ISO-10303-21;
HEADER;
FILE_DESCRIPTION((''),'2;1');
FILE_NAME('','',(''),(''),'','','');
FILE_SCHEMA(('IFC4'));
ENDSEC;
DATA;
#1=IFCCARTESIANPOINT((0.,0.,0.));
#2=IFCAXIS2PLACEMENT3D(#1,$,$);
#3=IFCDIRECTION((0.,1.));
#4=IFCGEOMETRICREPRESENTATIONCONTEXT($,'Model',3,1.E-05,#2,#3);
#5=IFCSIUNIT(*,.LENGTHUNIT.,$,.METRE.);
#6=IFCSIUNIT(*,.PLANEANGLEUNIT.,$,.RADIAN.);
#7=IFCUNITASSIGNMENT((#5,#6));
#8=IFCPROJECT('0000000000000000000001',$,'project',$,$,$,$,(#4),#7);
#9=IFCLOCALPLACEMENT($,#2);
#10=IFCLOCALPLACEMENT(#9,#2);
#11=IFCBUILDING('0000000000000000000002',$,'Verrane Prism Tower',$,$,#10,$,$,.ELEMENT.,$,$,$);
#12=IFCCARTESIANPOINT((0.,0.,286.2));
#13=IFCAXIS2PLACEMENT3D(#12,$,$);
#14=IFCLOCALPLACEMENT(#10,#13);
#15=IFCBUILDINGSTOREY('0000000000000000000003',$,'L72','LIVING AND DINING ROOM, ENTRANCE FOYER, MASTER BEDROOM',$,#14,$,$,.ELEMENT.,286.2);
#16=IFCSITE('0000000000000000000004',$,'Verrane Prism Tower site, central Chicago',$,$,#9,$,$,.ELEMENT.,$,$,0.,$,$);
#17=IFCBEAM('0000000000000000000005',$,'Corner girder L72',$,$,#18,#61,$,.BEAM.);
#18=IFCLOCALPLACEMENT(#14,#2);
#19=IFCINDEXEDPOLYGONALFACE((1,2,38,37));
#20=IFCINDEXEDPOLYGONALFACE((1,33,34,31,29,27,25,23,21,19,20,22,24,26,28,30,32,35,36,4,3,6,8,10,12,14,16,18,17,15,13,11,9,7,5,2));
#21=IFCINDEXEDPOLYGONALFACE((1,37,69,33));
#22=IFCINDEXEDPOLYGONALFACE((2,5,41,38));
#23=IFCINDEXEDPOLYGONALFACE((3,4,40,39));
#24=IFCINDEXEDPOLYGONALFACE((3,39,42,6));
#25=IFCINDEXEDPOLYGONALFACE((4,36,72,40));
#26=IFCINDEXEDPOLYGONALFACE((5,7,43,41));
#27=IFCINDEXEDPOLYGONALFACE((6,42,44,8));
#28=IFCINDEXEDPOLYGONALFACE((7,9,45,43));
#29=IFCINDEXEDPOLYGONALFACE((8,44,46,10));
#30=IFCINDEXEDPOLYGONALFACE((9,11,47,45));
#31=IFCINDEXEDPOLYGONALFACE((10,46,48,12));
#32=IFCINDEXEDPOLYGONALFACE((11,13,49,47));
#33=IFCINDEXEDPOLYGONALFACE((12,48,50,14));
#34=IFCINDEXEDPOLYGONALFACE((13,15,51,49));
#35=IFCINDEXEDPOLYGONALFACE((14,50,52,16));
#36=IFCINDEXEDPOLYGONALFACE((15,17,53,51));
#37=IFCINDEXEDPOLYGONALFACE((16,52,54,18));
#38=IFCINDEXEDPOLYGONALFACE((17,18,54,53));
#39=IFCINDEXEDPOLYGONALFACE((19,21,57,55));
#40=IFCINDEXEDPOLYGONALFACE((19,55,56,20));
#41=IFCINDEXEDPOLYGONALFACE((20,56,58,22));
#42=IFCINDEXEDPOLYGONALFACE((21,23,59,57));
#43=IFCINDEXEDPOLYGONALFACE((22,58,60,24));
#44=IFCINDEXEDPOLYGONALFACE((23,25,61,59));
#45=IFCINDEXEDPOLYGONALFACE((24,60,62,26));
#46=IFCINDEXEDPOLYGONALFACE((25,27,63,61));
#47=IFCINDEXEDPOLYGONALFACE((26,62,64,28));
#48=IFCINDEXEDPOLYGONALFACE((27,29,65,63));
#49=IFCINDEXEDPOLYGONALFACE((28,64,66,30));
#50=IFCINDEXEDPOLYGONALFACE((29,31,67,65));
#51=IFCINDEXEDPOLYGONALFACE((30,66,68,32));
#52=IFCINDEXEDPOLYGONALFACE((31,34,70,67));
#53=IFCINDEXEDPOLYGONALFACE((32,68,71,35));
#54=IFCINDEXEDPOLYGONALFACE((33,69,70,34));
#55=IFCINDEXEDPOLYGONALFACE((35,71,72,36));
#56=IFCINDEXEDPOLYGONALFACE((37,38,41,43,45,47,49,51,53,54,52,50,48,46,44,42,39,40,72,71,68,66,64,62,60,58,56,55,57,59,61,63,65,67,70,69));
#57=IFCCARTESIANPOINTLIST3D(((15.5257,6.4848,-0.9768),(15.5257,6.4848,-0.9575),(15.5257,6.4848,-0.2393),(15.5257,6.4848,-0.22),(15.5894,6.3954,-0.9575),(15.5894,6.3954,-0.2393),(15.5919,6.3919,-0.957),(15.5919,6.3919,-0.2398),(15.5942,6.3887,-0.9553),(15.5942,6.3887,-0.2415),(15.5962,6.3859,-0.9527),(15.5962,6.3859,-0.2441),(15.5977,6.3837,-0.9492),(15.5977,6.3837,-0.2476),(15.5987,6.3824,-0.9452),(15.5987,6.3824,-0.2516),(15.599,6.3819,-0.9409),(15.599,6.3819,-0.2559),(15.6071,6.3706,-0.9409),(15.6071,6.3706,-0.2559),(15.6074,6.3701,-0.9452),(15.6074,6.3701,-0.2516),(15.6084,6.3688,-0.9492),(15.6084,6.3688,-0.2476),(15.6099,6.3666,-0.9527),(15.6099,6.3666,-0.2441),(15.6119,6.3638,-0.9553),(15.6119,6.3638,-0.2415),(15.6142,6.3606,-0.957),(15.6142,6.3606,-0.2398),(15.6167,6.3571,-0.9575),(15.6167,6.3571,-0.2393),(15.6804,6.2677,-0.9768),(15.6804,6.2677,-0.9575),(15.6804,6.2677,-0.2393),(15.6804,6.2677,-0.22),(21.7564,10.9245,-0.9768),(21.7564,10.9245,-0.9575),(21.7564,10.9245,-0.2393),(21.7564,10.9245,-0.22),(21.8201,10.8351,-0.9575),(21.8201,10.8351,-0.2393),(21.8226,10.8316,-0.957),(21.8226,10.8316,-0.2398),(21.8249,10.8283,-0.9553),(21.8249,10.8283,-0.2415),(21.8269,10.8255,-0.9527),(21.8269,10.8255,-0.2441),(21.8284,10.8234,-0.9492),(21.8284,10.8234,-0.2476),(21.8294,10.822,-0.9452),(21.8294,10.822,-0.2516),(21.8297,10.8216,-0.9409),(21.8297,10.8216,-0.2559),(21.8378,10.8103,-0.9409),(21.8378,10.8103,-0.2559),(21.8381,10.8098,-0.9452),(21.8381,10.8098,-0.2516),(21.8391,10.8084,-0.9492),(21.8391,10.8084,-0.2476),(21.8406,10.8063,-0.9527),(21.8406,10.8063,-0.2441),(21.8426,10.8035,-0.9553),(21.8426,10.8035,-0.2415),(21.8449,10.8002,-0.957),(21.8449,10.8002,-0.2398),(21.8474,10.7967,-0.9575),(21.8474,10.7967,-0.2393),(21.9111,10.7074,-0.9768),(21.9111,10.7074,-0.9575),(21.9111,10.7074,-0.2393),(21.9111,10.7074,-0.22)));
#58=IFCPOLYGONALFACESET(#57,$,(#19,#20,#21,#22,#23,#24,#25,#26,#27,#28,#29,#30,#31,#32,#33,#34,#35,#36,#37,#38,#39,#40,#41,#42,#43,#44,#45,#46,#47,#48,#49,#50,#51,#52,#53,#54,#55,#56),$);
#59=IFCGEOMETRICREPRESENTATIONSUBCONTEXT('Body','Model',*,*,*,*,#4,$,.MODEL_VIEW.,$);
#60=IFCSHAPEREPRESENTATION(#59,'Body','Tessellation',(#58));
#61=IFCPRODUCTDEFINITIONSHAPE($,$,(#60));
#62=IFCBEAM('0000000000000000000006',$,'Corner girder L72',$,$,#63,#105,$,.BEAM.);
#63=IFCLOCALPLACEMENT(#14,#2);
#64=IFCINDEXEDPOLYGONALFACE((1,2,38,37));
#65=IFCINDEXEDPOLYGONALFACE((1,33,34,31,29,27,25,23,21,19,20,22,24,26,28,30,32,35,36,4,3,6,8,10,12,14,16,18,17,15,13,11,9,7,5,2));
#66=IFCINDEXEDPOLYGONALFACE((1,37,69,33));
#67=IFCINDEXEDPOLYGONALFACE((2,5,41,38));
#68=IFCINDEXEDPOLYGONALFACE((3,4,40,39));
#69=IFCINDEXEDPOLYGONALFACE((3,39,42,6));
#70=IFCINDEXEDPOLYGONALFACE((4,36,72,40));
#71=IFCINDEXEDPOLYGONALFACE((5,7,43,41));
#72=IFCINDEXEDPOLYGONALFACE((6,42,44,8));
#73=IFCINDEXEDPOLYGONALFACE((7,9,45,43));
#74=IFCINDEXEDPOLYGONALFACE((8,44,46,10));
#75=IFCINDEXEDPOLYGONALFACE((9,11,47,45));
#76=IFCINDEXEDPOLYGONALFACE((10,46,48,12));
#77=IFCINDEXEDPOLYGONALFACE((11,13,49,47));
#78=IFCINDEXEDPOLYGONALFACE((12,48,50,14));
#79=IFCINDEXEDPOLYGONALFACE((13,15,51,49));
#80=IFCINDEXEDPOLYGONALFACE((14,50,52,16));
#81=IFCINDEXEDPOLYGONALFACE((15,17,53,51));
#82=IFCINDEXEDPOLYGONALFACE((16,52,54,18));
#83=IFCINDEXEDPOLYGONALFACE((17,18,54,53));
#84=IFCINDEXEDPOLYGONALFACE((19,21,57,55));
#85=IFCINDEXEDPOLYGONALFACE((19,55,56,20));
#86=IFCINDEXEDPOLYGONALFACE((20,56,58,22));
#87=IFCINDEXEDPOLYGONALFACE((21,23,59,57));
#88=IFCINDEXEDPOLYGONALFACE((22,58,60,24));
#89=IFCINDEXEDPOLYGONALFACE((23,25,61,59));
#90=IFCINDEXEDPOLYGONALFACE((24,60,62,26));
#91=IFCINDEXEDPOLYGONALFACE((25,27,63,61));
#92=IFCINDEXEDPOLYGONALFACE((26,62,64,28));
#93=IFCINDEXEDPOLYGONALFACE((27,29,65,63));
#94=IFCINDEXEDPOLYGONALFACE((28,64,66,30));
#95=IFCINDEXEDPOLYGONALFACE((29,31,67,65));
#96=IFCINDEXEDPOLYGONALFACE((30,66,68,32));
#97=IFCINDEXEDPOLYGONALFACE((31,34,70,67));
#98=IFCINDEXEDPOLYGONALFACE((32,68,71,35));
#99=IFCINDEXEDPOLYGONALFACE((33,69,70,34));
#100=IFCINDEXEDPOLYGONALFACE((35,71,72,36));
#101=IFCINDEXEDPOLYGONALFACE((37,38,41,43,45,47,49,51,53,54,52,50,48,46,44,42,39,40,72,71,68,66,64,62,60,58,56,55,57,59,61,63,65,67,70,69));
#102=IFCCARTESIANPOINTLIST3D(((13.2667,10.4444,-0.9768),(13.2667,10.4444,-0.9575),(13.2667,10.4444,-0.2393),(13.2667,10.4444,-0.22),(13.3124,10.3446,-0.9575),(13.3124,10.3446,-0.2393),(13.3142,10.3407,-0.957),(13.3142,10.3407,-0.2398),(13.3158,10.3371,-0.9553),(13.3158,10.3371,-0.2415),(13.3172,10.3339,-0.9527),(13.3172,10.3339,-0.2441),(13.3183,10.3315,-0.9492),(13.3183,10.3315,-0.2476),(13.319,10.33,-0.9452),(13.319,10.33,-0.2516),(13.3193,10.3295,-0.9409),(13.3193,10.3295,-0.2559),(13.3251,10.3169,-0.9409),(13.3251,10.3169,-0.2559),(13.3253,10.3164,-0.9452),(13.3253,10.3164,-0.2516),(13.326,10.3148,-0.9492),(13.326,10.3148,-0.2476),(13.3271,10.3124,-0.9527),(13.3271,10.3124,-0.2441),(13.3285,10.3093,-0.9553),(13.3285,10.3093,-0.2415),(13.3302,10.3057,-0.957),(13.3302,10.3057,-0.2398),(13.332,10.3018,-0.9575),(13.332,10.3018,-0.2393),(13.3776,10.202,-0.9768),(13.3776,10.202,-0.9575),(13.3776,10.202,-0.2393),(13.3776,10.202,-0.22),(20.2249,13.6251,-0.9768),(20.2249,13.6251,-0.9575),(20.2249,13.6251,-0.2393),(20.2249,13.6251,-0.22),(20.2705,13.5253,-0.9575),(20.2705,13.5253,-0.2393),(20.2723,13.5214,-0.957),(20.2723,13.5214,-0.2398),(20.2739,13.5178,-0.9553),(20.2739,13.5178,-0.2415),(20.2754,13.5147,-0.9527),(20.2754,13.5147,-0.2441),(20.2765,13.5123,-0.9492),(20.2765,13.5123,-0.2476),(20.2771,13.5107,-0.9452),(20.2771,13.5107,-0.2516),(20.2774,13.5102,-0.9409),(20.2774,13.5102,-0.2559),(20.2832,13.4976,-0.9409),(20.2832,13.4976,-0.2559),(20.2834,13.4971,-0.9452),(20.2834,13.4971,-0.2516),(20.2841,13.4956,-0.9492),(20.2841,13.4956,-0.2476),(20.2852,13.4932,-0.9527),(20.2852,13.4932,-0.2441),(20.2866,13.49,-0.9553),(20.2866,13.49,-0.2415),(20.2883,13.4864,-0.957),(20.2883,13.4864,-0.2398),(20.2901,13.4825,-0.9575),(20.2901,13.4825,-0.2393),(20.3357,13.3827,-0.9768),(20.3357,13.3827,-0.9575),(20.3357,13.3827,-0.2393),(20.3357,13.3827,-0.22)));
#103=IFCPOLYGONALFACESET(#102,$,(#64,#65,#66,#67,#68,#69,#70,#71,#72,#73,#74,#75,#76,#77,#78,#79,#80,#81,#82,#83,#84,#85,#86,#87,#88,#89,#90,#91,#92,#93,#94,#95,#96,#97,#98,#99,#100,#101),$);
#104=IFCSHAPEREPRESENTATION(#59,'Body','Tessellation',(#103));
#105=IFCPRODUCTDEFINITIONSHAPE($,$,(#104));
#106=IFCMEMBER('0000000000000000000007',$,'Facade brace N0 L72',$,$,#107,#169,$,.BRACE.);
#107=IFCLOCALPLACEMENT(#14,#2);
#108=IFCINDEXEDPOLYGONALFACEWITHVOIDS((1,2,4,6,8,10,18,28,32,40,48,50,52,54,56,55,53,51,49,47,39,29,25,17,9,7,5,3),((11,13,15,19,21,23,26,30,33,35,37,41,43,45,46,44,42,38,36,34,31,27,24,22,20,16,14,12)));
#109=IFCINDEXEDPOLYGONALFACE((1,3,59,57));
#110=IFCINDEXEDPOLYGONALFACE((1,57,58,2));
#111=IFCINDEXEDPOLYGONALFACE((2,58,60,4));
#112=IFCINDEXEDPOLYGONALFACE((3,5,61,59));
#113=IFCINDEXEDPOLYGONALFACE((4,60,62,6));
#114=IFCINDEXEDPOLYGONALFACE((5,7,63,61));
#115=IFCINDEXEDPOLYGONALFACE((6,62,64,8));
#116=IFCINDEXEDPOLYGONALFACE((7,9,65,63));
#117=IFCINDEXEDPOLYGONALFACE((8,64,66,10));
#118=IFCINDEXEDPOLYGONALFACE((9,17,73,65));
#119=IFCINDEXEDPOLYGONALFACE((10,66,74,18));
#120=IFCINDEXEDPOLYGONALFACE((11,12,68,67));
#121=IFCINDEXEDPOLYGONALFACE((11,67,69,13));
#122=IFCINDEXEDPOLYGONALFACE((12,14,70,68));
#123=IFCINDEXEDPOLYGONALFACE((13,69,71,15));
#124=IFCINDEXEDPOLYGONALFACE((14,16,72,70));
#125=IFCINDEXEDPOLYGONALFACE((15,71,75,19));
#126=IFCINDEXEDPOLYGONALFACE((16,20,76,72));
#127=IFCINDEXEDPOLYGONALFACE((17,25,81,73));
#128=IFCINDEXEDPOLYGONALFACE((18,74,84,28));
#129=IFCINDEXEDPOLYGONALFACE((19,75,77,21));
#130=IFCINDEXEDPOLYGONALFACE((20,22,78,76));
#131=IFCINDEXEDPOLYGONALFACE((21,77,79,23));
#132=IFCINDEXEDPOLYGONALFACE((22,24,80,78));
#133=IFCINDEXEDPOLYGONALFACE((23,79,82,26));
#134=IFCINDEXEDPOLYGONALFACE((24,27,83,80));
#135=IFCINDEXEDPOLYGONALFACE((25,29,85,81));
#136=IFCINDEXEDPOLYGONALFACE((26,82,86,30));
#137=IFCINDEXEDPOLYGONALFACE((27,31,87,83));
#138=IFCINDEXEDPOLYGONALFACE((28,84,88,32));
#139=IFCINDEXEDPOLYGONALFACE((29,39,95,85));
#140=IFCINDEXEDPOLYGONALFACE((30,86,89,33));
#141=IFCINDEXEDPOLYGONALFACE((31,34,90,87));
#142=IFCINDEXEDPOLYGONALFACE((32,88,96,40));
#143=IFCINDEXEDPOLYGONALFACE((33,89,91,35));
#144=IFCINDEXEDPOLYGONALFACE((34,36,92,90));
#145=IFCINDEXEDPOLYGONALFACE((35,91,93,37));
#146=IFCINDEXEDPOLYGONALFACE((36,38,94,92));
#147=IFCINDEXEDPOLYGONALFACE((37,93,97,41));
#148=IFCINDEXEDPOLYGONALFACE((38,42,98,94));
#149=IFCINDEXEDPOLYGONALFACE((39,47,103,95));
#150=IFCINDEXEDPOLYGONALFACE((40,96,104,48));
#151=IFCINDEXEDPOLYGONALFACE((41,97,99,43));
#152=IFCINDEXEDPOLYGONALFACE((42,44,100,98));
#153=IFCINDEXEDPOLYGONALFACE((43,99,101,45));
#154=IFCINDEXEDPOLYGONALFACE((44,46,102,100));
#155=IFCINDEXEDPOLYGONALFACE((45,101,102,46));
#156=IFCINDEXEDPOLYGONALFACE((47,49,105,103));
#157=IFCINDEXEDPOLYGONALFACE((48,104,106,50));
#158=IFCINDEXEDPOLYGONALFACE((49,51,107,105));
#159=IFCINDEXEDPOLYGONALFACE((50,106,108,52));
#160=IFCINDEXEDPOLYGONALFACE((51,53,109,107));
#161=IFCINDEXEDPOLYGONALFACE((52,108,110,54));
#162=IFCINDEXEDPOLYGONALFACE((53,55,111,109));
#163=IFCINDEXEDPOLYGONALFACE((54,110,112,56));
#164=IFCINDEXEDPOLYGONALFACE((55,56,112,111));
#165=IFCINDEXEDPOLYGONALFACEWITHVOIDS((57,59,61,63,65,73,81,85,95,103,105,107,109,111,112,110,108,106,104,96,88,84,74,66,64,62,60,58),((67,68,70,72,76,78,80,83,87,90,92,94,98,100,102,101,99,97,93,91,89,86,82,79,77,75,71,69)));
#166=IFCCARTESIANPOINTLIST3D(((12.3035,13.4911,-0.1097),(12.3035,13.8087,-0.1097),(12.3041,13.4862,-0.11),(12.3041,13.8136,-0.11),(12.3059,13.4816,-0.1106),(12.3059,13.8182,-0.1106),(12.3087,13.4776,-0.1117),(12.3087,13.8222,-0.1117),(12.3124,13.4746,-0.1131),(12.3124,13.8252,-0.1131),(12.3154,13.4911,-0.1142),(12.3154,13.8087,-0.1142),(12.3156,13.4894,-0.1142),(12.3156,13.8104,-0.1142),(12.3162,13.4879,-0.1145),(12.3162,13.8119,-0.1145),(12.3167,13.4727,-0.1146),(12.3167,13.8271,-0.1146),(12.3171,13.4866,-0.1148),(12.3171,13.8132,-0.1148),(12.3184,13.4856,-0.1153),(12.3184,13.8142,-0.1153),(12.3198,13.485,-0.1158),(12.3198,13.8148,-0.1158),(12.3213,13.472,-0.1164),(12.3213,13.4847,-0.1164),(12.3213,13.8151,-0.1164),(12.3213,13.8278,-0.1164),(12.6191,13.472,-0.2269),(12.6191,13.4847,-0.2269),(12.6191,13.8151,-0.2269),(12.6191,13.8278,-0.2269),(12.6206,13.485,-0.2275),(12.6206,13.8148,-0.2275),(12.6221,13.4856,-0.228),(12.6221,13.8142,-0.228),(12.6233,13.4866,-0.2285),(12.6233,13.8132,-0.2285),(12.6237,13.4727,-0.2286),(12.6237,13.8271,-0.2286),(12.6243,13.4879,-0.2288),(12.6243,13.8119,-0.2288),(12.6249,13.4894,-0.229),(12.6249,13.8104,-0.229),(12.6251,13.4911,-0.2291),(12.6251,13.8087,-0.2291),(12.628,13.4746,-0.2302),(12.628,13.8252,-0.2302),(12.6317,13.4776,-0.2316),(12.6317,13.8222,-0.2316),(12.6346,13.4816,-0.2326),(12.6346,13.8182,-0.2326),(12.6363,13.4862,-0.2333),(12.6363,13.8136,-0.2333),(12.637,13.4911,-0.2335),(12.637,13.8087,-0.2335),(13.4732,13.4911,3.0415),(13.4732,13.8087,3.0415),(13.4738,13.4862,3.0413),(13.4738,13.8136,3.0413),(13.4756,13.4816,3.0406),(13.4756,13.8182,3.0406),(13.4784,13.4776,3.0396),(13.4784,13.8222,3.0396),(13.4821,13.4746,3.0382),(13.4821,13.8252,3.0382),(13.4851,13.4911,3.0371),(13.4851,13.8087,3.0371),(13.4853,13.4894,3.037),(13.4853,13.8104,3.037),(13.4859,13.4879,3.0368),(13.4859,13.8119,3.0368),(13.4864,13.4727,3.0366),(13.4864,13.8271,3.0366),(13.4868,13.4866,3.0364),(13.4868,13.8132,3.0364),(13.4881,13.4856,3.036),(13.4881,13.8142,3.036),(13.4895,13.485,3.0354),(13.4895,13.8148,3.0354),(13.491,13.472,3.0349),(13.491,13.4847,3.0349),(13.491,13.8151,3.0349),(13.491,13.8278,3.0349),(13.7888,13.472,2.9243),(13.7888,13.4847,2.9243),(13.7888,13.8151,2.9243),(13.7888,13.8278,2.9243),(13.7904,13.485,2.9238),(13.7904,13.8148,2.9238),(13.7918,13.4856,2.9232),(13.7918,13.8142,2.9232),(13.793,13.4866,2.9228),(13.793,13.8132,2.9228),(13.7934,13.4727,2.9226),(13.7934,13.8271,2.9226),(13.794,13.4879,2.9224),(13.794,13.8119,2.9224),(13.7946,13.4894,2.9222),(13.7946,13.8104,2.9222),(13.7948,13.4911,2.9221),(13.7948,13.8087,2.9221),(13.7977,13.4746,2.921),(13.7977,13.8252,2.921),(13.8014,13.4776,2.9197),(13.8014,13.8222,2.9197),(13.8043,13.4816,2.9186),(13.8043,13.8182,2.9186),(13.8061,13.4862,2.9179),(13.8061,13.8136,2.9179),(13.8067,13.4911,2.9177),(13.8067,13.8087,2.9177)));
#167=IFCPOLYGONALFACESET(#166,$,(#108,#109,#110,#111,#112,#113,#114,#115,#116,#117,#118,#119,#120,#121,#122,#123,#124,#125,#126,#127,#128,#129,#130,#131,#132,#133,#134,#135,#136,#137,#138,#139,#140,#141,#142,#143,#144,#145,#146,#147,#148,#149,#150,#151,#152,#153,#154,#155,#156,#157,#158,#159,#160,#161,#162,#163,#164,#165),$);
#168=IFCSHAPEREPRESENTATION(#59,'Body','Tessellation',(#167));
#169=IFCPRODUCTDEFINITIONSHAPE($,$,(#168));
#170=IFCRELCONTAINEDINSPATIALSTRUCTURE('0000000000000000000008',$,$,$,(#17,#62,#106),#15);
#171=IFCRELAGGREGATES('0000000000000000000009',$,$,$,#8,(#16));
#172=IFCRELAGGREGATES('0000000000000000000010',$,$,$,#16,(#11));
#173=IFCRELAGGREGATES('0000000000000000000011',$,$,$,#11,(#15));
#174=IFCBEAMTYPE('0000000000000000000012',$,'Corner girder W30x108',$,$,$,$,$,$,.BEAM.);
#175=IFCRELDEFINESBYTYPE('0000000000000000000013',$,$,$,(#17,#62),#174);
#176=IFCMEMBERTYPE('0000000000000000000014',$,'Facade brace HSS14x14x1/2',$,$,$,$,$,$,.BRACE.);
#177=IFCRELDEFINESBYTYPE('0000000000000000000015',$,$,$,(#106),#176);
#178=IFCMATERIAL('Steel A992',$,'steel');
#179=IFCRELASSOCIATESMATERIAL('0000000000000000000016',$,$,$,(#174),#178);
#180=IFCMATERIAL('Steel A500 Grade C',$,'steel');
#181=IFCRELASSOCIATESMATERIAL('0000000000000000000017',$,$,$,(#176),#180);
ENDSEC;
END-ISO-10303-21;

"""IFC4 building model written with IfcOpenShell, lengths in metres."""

from ifc_helpers import new_model, si_unit, direction, frame, origin, origin_2d, place, context, subcontext, project, spatial, hollow_rectangle, i_section, extrude, material, material_profile, profile_set, type_object, element, save


model = new_model("IFC4")

# Units and contexts
model_context = context("Model", 3, precision=1e-05, world=origin(), true_north=direction((0.0, 1.0)))
body_context = subcontext(model_context, "Body", "Model", "MODEL_VIEW")
ifc_project = project(units=[si_unit("LENGTHUNIT", "METRE"), si_unit("PLANEANGLEUNIT", "RADIAN")], contexts=[model_context])

# Site, building, storey
site_placement = place(None, origin())
site = spatial("IfcSite", under=ifc_project, at=site_placement, Name="Verrane Prism Tower site, central Chicago", CompositionType="ELEMENT", RefElevation=0.0)
building_placement = place(site_placement, origin())
building = spatial("IfcBuilding", under=site, at=building_placement, Name="Verrane Prism Tower", CompositionType="ELEMENT")
storey_placement = place(building_placement, frame((0.0, 0.0, 286.2)))
storey = spatial("IfcBuildingStorey", under=building, at=storey_placement, Name="L72", Description="LIVING AND DINING ROOM, ENTRANCE FOYER, MASTER BEDROOM", CompositionType="ELEMENT", Elevation=286.2)

# Beams
ifc_material_1 = material(Name="Steel A992", Category="steel")
ifc_material_profile_1 = material_profile(ifc_material_1, i_section(OverallWidth=0.2666, OverallDepth=0.7568, WebThickness=0.0139, FlangeThickness=0.0193, FilletRadius=0.0166, at=origin_2d()), Name="W30x108")
ifc_profile_set_1 = profile_set([ifc_material_profile_1], Name="Steel A992")
beam_type_1 = type_object("IfcBeamType", Name="Corner girder W30x108", PredefinedType="BEAM", material=ifc_profile_set_1)
for number, where, z_axis, x_axis, name in (
    (1, (21.8337, 10.8159, -0.5984), (-0.814401, -0.580302, 0.0), (0.580302, -0.814401, 0.0), "Corner girder L72"),
    (2, (20.2803, 13.5039, -0.5984), (-0.909481, -0.415745, 0.0), (0.415745, -0.909481, 0.0), "Corner girder L72"),
):
    element("IfcBeam", number, at=place(storey_placement, frame(where, z_axis=z_axis, x_axis=x_axis)), inside=storey, type_object=beam_type_1, Name=name, PredefinedType="BEAM", context=body_context, shape_type="SweptSolid", body=[
        extrude(i_section(OverallWidth=0.2666, OverallDepth=0.7568, WebThickness=0.0139, FlangeThickness=0.0193, FilletRadius=0.0166, at=origin_2d()), origin(), (0.0, 0.0, 1.0), 7.6506),
    ])

# Member
ifc_material_2 = material(Name="Steel A500 Grade C", Category="steel")
ifc_material_profile_2 = material_profile(ifc_material_2, hollow_rectangle(XDim=0.3557, YDim=0.3557, WallThickness=0.0127, InnerFilletRadius=0.0063, OuterFilletRadius=0.019, at=origin_2d()), Name="HSS14x14x1/2")
ifc_profile_set_2 = profile_set([ifc_material_profile_2], Name="Steel A500 Grade C")
member_type_1 = type_object("IfcMemberType", Name="Facade brace HSS14x14x1/2", PredefinedType="BRACE", material=ifc_profile_set_2)
member_1_placement = place(storey_placement, frame((12.4702, 13.6499, -0.1716), z_axis=(0.347993, 0.0, 0.937497), x_axis=(0.0, 1.0, 0.0)))
element("IfcMember", 3, at=member_1_placement, inside=storey, type_object=member_type_1, Name="Facade brace N0 L72", PredefinedType="BRACE", context=body_context, shape_type="SweptSolid", body=[
    extrude(hollow_rectangle(XDim=0.3557, YDim=0.3557, WallThickness=0.0127, InnerFilletRadius=0.0063, OuterFilletRadius=0.019, at=origin_2d()), origin(), (0.0, 0.0, 1.0), 3.3613),
])

save(model, "model.ifc")
